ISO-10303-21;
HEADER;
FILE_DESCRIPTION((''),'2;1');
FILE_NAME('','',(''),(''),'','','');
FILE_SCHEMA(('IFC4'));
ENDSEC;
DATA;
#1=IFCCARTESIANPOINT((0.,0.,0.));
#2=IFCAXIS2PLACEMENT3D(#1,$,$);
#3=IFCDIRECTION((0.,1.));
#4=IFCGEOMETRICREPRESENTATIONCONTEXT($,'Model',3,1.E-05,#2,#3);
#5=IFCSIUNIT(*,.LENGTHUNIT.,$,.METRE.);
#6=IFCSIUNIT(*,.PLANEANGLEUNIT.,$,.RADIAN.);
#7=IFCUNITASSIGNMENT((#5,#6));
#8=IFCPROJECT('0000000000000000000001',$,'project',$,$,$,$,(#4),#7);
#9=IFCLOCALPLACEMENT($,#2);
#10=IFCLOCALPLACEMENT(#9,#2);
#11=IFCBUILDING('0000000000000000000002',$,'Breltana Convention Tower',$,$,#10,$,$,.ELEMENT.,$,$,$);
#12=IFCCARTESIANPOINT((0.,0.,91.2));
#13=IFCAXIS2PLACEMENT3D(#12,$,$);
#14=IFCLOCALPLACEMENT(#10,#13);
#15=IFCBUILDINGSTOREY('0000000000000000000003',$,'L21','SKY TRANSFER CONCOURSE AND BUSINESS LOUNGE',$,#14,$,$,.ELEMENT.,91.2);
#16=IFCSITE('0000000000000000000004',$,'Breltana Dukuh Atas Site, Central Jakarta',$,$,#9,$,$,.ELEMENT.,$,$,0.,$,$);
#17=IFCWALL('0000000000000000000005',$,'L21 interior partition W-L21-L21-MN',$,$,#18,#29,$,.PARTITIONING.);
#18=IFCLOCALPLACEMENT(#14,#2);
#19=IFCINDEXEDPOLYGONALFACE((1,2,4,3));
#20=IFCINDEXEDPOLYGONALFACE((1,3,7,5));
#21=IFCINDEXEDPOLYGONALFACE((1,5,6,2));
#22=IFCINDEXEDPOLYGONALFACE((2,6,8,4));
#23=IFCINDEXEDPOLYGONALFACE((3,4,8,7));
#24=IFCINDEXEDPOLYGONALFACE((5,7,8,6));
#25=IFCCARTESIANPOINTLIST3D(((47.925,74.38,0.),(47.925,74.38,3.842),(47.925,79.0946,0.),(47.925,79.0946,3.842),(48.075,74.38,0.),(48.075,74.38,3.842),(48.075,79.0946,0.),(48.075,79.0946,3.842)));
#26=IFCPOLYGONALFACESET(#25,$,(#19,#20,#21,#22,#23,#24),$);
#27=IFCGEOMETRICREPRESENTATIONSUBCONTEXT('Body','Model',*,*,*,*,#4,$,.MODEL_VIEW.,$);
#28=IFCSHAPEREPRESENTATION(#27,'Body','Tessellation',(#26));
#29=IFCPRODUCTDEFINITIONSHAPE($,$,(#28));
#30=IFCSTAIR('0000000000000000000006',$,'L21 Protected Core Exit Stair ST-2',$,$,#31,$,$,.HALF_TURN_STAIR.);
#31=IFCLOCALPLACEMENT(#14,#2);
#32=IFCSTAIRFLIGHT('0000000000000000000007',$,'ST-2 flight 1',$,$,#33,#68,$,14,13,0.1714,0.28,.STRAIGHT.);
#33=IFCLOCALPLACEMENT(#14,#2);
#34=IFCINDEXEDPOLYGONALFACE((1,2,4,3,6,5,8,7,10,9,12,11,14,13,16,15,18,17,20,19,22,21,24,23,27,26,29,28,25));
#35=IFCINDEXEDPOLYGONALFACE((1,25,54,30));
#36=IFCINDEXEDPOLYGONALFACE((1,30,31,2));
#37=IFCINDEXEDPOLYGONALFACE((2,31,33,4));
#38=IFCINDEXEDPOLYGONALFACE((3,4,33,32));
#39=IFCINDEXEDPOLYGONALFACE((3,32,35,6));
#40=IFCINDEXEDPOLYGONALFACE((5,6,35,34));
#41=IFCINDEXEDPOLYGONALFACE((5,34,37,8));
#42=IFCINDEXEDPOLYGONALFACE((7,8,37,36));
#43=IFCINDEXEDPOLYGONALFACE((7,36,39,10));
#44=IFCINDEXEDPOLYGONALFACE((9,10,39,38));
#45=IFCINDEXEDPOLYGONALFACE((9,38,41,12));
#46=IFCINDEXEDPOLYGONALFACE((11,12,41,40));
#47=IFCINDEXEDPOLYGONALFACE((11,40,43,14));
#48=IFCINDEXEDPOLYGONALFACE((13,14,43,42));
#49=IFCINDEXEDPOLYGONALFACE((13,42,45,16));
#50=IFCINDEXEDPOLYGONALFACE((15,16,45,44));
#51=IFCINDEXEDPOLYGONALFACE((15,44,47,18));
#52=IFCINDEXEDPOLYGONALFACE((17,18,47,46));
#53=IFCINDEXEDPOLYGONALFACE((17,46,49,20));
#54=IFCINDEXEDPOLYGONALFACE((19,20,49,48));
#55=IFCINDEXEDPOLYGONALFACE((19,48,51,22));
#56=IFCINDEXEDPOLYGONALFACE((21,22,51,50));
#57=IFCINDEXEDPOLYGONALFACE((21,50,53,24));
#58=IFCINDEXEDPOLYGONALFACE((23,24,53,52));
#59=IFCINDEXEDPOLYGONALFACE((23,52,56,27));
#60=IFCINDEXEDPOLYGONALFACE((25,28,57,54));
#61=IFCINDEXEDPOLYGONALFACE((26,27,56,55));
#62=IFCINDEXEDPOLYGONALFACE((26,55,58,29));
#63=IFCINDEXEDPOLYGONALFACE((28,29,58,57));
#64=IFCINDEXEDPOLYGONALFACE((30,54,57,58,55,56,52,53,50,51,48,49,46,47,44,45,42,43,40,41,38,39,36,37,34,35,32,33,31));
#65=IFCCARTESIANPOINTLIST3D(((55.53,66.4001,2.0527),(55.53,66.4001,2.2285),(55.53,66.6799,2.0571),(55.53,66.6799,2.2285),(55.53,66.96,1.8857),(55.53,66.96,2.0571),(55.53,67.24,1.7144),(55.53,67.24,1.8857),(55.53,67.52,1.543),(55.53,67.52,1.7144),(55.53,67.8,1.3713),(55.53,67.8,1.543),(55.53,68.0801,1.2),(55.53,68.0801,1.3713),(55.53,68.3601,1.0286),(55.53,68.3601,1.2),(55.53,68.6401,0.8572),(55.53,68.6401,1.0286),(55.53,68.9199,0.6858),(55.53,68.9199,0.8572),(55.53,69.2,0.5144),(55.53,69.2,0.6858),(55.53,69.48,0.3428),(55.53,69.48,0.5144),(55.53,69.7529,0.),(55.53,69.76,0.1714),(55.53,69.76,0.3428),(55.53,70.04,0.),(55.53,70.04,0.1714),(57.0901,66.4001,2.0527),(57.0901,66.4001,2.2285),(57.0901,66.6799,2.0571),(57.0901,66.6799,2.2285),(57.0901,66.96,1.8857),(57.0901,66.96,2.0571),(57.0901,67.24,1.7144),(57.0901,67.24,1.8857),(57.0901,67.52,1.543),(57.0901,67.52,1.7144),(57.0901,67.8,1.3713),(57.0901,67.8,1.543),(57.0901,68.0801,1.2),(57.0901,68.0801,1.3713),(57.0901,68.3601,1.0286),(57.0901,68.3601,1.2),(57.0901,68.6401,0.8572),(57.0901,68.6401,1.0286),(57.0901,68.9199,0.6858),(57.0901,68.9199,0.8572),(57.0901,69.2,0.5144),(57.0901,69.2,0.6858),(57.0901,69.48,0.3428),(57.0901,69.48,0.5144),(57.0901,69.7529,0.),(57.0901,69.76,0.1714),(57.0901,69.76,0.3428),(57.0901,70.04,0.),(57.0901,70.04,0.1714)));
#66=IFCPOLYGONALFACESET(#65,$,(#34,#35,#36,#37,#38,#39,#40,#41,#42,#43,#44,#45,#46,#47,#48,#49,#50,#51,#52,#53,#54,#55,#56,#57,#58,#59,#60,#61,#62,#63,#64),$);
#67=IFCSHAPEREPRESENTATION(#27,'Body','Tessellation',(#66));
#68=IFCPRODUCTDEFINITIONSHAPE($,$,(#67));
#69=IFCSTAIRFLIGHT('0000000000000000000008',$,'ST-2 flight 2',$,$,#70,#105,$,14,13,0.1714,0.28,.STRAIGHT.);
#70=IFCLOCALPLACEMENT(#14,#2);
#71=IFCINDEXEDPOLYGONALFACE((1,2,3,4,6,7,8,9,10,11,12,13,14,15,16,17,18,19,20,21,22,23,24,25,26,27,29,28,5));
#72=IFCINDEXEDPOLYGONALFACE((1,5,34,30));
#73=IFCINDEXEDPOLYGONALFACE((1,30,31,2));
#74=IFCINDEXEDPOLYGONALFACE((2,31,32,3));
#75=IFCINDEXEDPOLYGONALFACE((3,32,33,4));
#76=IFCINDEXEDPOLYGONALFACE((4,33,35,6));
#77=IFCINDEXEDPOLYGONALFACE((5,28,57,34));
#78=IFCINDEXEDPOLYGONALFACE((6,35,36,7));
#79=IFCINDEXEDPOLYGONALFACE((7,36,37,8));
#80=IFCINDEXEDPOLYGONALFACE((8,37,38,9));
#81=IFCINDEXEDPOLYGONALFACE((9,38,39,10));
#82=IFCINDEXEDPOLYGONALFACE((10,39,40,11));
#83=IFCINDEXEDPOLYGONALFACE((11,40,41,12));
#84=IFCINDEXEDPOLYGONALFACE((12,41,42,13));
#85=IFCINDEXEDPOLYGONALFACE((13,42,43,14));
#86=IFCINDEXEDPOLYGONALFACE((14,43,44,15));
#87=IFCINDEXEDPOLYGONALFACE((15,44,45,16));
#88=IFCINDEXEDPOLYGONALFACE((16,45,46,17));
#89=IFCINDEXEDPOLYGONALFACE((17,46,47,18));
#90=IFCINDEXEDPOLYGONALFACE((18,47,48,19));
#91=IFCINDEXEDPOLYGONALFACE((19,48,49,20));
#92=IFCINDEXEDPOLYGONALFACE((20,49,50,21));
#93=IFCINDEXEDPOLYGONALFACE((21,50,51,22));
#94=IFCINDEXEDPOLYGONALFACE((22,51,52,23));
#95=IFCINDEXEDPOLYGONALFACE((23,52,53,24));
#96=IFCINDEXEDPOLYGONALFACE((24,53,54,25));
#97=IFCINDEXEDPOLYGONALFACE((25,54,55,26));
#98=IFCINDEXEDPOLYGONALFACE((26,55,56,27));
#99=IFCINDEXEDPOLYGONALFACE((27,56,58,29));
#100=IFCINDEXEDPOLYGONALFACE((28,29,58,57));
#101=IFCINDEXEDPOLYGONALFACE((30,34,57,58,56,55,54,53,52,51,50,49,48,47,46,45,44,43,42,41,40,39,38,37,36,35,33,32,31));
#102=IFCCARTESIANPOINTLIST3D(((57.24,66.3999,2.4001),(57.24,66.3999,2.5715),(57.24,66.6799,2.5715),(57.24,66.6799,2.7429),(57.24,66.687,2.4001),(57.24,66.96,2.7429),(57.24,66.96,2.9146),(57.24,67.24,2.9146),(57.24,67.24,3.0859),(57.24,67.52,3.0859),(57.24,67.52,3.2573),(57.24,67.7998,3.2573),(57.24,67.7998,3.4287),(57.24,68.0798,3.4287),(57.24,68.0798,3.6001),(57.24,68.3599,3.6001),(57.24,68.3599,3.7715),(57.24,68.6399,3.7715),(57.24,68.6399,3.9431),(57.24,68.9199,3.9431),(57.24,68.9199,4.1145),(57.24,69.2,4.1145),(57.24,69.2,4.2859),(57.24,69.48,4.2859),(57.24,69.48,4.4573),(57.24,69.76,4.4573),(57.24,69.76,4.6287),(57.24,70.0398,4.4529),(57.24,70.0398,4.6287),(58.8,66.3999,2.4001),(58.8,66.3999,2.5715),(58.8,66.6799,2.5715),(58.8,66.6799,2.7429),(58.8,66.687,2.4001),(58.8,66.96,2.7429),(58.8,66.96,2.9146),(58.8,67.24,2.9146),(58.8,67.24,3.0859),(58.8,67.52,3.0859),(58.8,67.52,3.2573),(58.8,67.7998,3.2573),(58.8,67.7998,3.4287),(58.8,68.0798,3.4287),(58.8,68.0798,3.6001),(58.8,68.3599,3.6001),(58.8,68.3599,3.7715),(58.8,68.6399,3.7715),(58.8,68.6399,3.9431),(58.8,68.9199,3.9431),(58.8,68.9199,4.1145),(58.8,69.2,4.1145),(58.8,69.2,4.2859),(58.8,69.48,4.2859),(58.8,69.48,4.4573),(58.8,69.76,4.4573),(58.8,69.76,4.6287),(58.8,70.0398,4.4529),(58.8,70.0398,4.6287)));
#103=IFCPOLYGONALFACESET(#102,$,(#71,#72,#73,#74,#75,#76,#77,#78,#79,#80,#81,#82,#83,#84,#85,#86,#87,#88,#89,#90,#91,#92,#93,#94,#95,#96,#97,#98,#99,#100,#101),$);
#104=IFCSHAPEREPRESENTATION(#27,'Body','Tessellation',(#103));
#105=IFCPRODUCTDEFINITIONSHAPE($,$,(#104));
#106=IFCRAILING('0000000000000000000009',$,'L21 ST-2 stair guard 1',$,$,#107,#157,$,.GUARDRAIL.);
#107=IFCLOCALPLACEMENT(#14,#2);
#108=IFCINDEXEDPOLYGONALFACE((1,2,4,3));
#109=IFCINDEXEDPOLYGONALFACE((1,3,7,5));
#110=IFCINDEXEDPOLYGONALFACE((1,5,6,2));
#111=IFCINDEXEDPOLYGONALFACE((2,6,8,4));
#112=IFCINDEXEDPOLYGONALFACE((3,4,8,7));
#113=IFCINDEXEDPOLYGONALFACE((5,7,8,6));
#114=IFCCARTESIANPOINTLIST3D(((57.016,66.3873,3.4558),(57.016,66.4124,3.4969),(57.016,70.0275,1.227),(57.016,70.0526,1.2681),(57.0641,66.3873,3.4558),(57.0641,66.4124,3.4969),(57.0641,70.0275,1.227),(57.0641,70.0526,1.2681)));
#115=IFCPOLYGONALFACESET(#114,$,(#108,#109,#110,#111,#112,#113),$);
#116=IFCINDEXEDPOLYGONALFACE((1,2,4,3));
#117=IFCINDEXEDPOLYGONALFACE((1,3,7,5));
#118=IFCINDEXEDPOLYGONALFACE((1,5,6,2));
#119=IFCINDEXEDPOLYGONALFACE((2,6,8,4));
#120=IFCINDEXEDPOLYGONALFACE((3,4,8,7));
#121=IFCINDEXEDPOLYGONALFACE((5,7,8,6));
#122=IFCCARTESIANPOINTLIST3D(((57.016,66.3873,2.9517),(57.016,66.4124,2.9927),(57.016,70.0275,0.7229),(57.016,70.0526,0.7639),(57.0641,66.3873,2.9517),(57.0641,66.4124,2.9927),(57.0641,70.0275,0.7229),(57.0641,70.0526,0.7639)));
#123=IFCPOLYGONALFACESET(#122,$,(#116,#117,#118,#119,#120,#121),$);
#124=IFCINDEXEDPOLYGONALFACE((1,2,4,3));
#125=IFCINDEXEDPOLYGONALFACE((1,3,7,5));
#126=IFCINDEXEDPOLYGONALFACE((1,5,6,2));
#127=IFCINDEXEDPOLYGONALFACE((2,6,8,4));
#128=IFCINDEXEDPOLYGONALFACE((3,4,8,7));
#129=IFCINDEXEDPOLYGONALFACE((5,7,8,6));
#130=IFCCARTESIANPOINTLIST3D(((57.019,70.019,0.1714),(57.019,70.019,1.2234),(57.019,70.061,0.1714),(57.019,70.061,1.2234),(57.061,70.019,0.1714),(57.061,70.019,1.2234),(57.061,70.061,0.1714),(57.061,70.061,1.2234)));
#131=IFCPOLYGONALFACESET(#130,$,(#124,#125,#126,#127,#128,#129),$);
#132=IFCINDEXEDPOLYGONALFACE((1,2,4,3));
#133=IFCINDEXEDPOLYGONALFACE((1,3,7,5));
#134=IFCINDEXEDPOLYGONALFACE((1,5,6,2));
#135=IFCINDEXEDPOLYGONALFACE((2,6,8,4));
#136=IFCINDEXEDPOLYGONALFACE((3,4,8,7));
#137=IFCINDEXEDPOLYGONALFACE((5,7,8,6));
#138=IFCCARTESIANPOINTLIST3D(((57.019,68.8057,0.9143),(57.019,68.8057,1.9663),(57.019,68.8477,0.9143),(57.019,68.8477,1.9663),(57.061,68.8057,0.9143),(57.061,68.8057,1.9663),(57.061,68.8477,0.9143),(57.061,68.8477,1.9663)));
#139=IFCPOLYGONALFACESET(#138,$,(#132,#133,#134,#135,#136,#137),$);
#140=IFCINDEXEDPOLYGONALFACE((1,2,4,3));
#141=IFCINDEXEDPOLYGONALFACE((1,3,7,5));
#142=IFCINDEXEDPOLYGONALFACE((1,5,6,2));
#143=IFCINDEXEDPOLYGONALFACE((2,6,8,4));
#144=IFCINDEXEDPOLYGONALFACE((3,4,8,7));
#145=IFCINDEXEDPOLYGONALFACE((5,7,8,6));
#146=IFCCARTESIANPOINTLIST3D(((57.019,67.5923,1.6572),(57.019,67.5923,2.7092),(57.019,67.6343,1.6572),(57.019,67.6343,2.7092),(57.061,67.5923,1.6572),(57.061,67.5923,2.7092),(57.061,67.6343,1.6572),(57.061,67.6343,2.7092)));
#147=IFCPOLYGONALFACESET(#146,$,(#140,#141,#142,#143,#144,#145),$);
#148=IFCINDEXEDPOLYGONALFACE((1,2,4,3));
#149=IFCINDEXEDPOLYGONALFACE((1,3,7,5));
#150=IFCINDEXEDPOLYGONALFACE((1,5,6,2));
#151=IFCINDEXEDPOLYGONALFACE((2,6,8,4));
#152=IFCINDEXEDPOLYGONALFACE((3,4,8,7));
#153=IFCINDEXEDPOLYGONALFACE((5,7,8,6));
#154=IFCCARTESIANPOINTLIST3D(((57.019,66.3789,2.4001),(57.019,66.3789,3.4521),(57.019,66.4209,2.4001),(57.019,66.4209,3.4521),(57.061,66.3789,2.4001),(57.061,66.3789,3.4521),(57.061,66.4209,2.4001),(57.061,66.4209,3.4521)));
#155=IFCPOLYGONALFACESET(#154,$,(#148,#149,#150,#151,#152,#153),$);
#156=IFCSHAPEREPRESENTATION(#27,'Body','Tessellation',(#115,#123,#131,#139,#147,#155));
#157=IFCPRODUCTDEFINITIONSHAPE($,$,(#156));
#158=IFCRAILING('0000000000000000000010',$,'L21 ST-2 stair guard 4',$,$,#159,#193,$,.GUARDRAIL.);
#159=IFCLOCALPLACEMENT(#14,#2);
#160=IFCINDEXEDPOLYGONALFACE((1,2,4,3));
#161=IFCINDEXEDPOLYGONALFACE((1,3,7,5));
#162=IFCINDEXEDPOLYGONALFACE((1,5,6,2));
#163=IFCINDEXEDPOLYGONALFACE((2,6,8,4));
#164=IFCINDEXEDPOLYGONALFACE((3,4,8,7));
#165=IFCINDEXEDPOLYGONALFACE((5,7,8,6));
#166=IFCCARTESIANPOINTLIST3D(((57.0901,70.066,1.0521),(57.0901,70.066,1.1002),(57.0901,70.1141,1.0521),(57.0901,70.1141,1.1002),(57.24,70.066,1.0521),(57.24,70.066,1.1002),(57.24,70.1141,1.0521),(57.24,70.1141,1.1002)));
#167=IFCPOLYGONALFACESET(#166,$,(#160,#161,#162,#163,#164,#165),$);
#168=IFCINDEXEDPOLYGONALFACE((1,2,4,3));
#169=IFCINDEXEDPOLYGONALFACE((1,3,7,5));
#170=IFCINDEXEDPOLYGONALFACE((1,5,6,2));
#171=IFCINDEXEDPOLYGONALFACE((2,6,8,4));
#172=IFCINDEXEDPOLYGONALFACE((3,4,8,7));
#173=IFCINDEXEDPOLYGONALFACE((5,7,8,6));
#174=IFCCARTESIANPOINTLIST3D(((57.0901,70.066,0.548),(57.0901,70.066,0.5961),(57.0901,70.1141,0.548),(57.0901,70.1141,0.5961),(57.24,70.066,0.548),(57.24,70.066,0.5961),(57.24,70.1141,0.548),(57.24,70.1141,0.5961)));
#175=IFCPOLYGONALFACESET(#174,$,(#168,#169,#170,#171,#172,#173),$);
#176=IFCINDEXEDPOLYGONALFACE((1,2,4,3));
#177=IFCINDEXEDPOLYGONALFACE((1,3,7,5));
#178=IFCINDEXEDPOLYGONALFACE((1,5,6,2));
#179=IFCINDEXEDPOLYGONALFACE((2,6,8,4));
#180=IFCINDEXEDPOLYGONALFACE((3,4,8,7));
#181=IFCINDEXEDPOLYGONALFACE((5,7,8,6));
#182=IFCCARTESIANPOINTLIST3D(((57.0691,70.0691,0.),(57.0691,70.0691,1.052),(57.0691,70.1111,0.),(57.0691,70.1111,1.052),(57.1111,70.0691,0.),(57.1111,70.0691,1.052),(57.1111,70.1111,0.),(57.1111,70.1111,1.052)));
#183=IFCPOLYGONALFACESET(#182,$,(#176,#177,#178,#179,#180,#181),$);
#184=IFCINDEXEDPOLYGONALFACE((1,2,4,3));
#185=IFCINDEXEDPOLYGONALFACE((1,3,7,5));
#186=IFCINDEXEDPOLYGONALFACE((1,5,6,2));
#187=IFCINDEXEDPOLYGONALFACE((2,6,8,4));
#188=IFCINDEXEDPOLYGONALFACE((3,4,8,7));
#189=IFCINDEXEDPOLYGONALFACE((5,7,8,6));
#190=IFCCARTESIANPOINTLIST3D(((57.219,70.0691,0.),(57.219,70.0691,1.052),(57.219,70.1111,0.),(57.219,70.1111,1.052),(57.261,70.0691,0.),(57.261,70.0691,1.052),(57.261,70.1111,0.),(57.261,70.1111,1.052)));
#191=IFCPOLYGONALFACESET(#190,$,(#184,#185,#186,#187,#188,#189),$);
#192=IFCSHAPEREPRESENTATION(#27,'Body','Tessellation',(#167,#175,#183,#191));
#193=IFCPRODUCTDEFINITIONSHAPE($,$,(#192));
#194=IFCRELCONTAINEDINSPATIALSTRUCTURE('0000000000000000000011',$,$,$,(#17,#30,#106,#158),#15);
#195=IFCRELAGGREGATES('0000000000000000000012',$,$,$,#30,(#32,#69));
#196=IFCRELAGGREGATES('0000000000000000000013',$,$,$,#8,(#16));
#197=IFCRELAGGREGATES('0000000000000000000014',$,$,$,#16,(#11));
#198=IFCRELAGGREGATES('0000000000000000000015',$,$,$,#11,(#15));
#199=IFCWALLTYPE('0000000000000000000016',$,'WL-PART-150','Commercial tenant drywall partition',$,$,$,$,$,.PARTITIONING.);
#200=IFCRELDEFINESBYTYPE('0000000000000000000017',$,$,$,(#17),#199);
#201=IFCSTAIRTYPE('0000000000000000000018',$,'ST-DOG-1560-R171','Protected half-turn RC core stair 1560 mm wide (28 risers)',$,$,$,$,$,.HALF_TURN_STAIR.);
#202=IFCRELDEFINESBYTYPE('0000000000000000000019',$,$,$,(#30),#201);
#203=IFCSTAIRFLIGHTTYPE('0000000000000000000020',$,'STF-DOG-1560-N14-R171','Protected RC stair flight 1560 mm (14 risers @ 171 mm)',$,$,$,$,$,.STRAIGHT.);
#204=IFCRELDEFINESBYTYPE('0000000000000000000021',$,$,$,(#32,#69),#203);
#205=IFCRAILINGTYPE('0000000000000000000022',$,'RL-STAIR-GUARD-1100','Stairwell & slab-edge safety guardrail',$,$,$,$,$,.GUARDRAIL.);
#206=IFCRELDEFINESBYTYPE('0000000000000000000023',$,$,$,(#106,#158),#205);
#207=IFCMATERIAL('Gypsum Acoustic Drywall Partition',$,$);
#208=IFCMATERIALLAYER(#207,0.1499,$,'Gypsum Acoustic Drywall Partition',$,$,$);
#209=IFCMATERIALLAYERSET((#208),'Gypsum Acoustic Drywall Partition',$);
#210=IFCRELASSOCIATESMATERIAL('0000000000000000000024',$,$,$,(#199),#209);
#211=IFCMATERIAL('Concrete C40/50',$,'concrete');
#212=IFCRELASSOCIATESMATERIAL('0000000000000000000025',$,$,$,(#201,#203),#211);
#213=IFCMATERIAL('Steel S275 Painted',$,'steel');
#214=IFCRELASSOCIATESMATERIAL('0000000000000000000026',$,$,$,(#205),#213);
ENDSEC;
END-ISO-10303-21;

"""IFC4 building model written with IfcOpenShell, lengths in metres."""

from ifc_helpers import new_model, si_unit, direction, frame, frame_2d, origin, origin_2d, place, context, subcontext, project, spatial, polyline, rectangle, outline, extrude, source, transform, mapped, material, layer, layer_set, type_object, element, aggregate, save


model = new_model("IFC4")

# Units and contexts
model_context = context("Model", 3, precision=1e-05, world=origin(), true_north=direction((0.0, 1.0)))
body_context = subcontext(model_context, "Body", "Model", "MODEL_VIEW")
ifc_project = project(units=[si_unit("LENGTHUNIT", "METRE"), si_unit("PLANEANGLEUNIT", "RADIAN")], contexts=[model_context])

# Site, building, storey
site_placement = place(None, origin())
site = spatial("IfcSite", under=ifc_project, at=site_placement, Name="Breltana Dukuh Atas Site, Central Jakarta", CompositionType="ELEMENT", RefElevation=0.0)
building_placement = place(site_placement, origin())
building = spatial("IfcBuilding", under=site, at=building_placement, Name="Breltana Convention Tower", CompositionType="ELEMENT")
storey_placement = place(building_placement, frame((0.0, 0.0, 91.2)))
storey = spatial("IfcBuildingStorey", under=building, at=storey_placement, Name="L21", Description="SKY TRANSFER CONCOURSE AND BUSINESS LOUNGE", CompositionType="ELEMENT", Elevation=91.2)

# Wall
ifc_material_1 = material(Name="Gypsum Acoustic Drywall Partition")
ifc_layer_1 = layer(ifc_material_1, 0.1499, Name="Gypsum Acoustic Drywall Partition")
ifc_layer_set_1 = layer_set([ifc_layer_1], Name="Gypsum Acoustic Drywall Partition")
wall_type_1 = type_object("IfcWallType", Name="WL-PART-150", Description="Commercial tenant drywall partition", PredefinedType="PARTITIONING", material=ifc_layer_set_1)
shared_shape_1 = source(origin(), body_context, "Body", "SweptSolid", [
    extrude(rectangle(XDim=4.7146, YDim=0.1499, at=frame_2d((2.3574, 0.0))), origin(), (0.0, 0.0, 1.0), 3.842),
])
wall_1_placement = place(storey_placement, frame((48.0, 74.3799, 0.0), z_axis=(0.0, 0.0, 1.0), x_axis=(0.0, 1.0, 0.0)))
element("IfcWall", 1, at=wall_1_placement, inside=storey, type_object=wall_type_1, Name="L21 interior partition W-L21-L21-MN", PredefinedType="PARTITIONING", context=body_context, shape_type="MappedRepresentation", body=[
    mapped(shared_shape_1, transform((0.0, 0.0, 0.0), scale=1.0)),
])

# Stair, stair flights
ifc_material_2 = material(Name="Concrete C40/50", Category="concrete")
stair_type = type_object("IfcStairType", Name="ST-DOG-1560-R171", Description="Protected half-turn RC core stair 1560 mm wide (28 risers)", PredefinedType="HALF_TURN_STAIR", material=ifc_material_2)
stair_placement = place(storey_placement, origin())
stair = element("IfcStair", 2, at=stair_placement, inside=storey, type_object=stair_type, Name="L21 Protected Core Exit Stair ST-2", PredefinedType="HALF_TURN_STAIR")
stair_flight_type = type_object("IfcStairFlightType", Name="STF-DOG-1560-N14-R171", Description="Protected RC stair flight 1560 mm (14 risers @ 171 mm)", PredefinedType="STRAIGHT", material=ifc_material_2)
stair_flight_1_placement = place(storey_placement, frame((56.3101, 70.04, 0.0), z_axis=(0.0, 0.0, 1.0), x_axis=(0.0, -1.0, 0.0)))
stair_flight_1 = element("IfcStairFlight", 3, at=stair_flight_1_placement, type_object=stair_flight_type, Name="ST-2 flight 1", NumberOfRisers=14, NumberOfTreads=13, PredefinedType="STRAIGHT", RiserHeight=0.1714, TreadLength=0.28, context=body_context, shape_type="SweptSolid", body=[
    extrude(outline(polyline([(0.0, 0.0), (0.0, 0.1714), (0.28, 0.1714), (0.28, 0.3428), (0.5601, 0.3428), (0.5601, 0.5144), (0.8401, 0.5144), (0.8401, 0.6858), (1.1201, 0.6858), (1.1201, 0.8572), (1.3999, 0.8572), (1.3999, 1.0286), (1.6799, 1.0286), (1.6799, 1.2), (1.96, 1.2), (1.96, 1.3713), (2.24, 1.3713), (2.24, 1.543), (2.52, 1.543), (2.52, 1.7144), (2.8, 1.7144), (2.8, 1.8857), (3.0801, 1.8857), (3.0801, 2.0571), (3.3601, 2.0571), (3.3601, 2.2285), (3.6399, 2.2285), (3.6399, 2.3999), (3.6399, 2.0527), (0.2871, 0.0), (0.0, 0.0)])), frame((0.0, 0.78, 0.0), z_axis=(0.0, -1.0, 0.0), x_axis=(1.0, 0.0, 0.0)), (0.0, 0.0, 1.0), 1.5601),
])
stair_flight_2_placement = place(storey_placement, frame((58.02, 66.3999, 2.4001), z_axis=(0.0, 0.0, 1.0), x_axis=(0.0, 1.0, 0.0)))
stair_flight_2 = element("IfcStairFlight", 4, at=stair_flight_2_placement, type_object=stair_flight_type, Name="ST-2 flight 2", NumberOfRisers=14, NumberOfTreads=13, PredefinedType="STRAIGHT", RiserHeight=0.1714, TreadLength=0.28, context=body_context, shape_type="SweptSolid", body=[
    extrude(outline(polyline([(0.0, 0.0), (0.0, 0.1714), (0.28, 0.1714), (0.28, 0.3428), (0.5601, 0.3428), (0.5601, 0.5144), (0.8401, 0.5144), (0.8401, 0.6858), (1.1201, 0.6858), (1.1201, 0.8572), (1.3999, 0.8572), (1.3999, 1.0286), (1.6799, 1.0286), (1.6799, 1.2), (1.96, 1.2), (1.96, 1.3713), (2.24, 1.3713), (2.24, 1.543), (2.52, 1.543), (2.52, 1.7144), (2.8, 1.7144), (2.8, 1.8857), (3.0801, 1.8857), (3.0801, 2.0571), (3.3601, 2.0571), (3.3601, 2.2285), (3.6399, 2.2285), (3.6399, 2.3999), (3.6399, 2.0527), (0.2871, 0.0), (0.0, 0.0)])), frame((0.0, 0.78, 0.0), z_axis=(0.0, -1.0, 0.0), x_axis=(1.0, 0.0, 0.0)), (0.0, 0.0, 1.0), 1.5601),
])
aggregate(stair, [stair_flight_1, stair_flight_2])

# Railings
ifc_material_3 = material(Name="Steel S275 Painted", Category="steel")
railing_type_1 = type_object("IfcRailingType", Name="RL-STAIR-GUARD-1100", Description="Stairwell & slab-edge safety guardrail", PredefinedType="GUARDRAIL", material=ifc_material_3)
railing_1_placement = place(storey_placement, frame((57.04, 70.04, 0.1714)))
element("IfcRailing", 5, at=railing_1_placement, inside=storey, type_object=railing_type_1, Name="L21 ST-2 stair guard 1", PredefinedType="GUARDRAIL", context=body_context, shape_type="SweptSolid", body=[
    extrude(rectangle(XDim=0.0481, YDim=0.0481, at=origin_2d()), frame((0.0, 0.0, 1.0762), z_axis=(0.0, -0.85284, 0.522172), x_axis=(1.0, 0.0, 0.0)), (0.0, 0.0, 1.0), 4.2683),
    extrude(rectangle(XDim=0.0481, YDim=0.0481, at=origin_2d()), frame((0.0, 0.0, 0.572), z_axis=(0.0, -0.85284, 0.522172), x_axis=(1.0, 0.0, 0.0)), (0.0, 0.0, 1.0), 4.2683),
    extrude(rectangle(XDim=0.042, YDim=0.042, at=origin_2d()), origin(), (0.0, 0.0, 1.0), 1.052),
    extrude(rectangle(XDim=0.042, YDim=0.042, at=origin_2d()), frame((0.0, -1.2134, 0.7429)), (0.0, 0.0, 1.0), 1.052),
    extrude(rectangle(XDim=0.042, YDim=0.042, at=origin_2d()), frame((0.0, -2.4268, 1.4858)), (0.0, 0.0, 1.0), 1.052),
    extrude(rectangle(XDim=0.042, YDim=0.042, at=origin_2d()), frame((0.0, -3.6401, 2.2288)), (0.0, 0.0, 1.0), 1.052),
])
railing_2_placement = place(storey_placement, frame((57.0901, 70.0901, 0.0)))
element("IfcRailing", 6, at=railing_2_placement, inside=storey, type_object=railing_type_1, Name="L21 ST-2 stair guard 4", PredefinedType="GUARDRAIL", context=body_context, shape_type="SweptSolid", body=[
    extrude(rectangle(XDim=0.0481, YDim=0.0481, at=origin_2d()), frame((0.0, 0.0, 1.0762), z_axis=(1.0, 0.0, 0.0), x_axis=(0.0, 1.0, 0.0)), (0.0, 0.0, 1.0), 0.1499),
    extrude(rectangle(XDim=0.0481, YDim=0.0481, at=origin_2d()), frame((0.0, 0.0, 0.572), z_axis=(1.0, 0.0, 0.0), x_axis=(0.0, 1.0, 0.0)), (0.0, 0.0, 1.0), 0.1499),
    extrude(rectangle(XDim=0.042, YDim=0.042, at=origin_2d()), origin(), (0.0, 0.0, 1.0), 1.052),
    extrude(rectangle(XDim=0.042, YDim=0.042, at=origin_2d()), frame((0.1499, 0.0, 0.0)), (0.0, 0.0, 1.0), 1.052),
])

save(model, "model.ifc")
